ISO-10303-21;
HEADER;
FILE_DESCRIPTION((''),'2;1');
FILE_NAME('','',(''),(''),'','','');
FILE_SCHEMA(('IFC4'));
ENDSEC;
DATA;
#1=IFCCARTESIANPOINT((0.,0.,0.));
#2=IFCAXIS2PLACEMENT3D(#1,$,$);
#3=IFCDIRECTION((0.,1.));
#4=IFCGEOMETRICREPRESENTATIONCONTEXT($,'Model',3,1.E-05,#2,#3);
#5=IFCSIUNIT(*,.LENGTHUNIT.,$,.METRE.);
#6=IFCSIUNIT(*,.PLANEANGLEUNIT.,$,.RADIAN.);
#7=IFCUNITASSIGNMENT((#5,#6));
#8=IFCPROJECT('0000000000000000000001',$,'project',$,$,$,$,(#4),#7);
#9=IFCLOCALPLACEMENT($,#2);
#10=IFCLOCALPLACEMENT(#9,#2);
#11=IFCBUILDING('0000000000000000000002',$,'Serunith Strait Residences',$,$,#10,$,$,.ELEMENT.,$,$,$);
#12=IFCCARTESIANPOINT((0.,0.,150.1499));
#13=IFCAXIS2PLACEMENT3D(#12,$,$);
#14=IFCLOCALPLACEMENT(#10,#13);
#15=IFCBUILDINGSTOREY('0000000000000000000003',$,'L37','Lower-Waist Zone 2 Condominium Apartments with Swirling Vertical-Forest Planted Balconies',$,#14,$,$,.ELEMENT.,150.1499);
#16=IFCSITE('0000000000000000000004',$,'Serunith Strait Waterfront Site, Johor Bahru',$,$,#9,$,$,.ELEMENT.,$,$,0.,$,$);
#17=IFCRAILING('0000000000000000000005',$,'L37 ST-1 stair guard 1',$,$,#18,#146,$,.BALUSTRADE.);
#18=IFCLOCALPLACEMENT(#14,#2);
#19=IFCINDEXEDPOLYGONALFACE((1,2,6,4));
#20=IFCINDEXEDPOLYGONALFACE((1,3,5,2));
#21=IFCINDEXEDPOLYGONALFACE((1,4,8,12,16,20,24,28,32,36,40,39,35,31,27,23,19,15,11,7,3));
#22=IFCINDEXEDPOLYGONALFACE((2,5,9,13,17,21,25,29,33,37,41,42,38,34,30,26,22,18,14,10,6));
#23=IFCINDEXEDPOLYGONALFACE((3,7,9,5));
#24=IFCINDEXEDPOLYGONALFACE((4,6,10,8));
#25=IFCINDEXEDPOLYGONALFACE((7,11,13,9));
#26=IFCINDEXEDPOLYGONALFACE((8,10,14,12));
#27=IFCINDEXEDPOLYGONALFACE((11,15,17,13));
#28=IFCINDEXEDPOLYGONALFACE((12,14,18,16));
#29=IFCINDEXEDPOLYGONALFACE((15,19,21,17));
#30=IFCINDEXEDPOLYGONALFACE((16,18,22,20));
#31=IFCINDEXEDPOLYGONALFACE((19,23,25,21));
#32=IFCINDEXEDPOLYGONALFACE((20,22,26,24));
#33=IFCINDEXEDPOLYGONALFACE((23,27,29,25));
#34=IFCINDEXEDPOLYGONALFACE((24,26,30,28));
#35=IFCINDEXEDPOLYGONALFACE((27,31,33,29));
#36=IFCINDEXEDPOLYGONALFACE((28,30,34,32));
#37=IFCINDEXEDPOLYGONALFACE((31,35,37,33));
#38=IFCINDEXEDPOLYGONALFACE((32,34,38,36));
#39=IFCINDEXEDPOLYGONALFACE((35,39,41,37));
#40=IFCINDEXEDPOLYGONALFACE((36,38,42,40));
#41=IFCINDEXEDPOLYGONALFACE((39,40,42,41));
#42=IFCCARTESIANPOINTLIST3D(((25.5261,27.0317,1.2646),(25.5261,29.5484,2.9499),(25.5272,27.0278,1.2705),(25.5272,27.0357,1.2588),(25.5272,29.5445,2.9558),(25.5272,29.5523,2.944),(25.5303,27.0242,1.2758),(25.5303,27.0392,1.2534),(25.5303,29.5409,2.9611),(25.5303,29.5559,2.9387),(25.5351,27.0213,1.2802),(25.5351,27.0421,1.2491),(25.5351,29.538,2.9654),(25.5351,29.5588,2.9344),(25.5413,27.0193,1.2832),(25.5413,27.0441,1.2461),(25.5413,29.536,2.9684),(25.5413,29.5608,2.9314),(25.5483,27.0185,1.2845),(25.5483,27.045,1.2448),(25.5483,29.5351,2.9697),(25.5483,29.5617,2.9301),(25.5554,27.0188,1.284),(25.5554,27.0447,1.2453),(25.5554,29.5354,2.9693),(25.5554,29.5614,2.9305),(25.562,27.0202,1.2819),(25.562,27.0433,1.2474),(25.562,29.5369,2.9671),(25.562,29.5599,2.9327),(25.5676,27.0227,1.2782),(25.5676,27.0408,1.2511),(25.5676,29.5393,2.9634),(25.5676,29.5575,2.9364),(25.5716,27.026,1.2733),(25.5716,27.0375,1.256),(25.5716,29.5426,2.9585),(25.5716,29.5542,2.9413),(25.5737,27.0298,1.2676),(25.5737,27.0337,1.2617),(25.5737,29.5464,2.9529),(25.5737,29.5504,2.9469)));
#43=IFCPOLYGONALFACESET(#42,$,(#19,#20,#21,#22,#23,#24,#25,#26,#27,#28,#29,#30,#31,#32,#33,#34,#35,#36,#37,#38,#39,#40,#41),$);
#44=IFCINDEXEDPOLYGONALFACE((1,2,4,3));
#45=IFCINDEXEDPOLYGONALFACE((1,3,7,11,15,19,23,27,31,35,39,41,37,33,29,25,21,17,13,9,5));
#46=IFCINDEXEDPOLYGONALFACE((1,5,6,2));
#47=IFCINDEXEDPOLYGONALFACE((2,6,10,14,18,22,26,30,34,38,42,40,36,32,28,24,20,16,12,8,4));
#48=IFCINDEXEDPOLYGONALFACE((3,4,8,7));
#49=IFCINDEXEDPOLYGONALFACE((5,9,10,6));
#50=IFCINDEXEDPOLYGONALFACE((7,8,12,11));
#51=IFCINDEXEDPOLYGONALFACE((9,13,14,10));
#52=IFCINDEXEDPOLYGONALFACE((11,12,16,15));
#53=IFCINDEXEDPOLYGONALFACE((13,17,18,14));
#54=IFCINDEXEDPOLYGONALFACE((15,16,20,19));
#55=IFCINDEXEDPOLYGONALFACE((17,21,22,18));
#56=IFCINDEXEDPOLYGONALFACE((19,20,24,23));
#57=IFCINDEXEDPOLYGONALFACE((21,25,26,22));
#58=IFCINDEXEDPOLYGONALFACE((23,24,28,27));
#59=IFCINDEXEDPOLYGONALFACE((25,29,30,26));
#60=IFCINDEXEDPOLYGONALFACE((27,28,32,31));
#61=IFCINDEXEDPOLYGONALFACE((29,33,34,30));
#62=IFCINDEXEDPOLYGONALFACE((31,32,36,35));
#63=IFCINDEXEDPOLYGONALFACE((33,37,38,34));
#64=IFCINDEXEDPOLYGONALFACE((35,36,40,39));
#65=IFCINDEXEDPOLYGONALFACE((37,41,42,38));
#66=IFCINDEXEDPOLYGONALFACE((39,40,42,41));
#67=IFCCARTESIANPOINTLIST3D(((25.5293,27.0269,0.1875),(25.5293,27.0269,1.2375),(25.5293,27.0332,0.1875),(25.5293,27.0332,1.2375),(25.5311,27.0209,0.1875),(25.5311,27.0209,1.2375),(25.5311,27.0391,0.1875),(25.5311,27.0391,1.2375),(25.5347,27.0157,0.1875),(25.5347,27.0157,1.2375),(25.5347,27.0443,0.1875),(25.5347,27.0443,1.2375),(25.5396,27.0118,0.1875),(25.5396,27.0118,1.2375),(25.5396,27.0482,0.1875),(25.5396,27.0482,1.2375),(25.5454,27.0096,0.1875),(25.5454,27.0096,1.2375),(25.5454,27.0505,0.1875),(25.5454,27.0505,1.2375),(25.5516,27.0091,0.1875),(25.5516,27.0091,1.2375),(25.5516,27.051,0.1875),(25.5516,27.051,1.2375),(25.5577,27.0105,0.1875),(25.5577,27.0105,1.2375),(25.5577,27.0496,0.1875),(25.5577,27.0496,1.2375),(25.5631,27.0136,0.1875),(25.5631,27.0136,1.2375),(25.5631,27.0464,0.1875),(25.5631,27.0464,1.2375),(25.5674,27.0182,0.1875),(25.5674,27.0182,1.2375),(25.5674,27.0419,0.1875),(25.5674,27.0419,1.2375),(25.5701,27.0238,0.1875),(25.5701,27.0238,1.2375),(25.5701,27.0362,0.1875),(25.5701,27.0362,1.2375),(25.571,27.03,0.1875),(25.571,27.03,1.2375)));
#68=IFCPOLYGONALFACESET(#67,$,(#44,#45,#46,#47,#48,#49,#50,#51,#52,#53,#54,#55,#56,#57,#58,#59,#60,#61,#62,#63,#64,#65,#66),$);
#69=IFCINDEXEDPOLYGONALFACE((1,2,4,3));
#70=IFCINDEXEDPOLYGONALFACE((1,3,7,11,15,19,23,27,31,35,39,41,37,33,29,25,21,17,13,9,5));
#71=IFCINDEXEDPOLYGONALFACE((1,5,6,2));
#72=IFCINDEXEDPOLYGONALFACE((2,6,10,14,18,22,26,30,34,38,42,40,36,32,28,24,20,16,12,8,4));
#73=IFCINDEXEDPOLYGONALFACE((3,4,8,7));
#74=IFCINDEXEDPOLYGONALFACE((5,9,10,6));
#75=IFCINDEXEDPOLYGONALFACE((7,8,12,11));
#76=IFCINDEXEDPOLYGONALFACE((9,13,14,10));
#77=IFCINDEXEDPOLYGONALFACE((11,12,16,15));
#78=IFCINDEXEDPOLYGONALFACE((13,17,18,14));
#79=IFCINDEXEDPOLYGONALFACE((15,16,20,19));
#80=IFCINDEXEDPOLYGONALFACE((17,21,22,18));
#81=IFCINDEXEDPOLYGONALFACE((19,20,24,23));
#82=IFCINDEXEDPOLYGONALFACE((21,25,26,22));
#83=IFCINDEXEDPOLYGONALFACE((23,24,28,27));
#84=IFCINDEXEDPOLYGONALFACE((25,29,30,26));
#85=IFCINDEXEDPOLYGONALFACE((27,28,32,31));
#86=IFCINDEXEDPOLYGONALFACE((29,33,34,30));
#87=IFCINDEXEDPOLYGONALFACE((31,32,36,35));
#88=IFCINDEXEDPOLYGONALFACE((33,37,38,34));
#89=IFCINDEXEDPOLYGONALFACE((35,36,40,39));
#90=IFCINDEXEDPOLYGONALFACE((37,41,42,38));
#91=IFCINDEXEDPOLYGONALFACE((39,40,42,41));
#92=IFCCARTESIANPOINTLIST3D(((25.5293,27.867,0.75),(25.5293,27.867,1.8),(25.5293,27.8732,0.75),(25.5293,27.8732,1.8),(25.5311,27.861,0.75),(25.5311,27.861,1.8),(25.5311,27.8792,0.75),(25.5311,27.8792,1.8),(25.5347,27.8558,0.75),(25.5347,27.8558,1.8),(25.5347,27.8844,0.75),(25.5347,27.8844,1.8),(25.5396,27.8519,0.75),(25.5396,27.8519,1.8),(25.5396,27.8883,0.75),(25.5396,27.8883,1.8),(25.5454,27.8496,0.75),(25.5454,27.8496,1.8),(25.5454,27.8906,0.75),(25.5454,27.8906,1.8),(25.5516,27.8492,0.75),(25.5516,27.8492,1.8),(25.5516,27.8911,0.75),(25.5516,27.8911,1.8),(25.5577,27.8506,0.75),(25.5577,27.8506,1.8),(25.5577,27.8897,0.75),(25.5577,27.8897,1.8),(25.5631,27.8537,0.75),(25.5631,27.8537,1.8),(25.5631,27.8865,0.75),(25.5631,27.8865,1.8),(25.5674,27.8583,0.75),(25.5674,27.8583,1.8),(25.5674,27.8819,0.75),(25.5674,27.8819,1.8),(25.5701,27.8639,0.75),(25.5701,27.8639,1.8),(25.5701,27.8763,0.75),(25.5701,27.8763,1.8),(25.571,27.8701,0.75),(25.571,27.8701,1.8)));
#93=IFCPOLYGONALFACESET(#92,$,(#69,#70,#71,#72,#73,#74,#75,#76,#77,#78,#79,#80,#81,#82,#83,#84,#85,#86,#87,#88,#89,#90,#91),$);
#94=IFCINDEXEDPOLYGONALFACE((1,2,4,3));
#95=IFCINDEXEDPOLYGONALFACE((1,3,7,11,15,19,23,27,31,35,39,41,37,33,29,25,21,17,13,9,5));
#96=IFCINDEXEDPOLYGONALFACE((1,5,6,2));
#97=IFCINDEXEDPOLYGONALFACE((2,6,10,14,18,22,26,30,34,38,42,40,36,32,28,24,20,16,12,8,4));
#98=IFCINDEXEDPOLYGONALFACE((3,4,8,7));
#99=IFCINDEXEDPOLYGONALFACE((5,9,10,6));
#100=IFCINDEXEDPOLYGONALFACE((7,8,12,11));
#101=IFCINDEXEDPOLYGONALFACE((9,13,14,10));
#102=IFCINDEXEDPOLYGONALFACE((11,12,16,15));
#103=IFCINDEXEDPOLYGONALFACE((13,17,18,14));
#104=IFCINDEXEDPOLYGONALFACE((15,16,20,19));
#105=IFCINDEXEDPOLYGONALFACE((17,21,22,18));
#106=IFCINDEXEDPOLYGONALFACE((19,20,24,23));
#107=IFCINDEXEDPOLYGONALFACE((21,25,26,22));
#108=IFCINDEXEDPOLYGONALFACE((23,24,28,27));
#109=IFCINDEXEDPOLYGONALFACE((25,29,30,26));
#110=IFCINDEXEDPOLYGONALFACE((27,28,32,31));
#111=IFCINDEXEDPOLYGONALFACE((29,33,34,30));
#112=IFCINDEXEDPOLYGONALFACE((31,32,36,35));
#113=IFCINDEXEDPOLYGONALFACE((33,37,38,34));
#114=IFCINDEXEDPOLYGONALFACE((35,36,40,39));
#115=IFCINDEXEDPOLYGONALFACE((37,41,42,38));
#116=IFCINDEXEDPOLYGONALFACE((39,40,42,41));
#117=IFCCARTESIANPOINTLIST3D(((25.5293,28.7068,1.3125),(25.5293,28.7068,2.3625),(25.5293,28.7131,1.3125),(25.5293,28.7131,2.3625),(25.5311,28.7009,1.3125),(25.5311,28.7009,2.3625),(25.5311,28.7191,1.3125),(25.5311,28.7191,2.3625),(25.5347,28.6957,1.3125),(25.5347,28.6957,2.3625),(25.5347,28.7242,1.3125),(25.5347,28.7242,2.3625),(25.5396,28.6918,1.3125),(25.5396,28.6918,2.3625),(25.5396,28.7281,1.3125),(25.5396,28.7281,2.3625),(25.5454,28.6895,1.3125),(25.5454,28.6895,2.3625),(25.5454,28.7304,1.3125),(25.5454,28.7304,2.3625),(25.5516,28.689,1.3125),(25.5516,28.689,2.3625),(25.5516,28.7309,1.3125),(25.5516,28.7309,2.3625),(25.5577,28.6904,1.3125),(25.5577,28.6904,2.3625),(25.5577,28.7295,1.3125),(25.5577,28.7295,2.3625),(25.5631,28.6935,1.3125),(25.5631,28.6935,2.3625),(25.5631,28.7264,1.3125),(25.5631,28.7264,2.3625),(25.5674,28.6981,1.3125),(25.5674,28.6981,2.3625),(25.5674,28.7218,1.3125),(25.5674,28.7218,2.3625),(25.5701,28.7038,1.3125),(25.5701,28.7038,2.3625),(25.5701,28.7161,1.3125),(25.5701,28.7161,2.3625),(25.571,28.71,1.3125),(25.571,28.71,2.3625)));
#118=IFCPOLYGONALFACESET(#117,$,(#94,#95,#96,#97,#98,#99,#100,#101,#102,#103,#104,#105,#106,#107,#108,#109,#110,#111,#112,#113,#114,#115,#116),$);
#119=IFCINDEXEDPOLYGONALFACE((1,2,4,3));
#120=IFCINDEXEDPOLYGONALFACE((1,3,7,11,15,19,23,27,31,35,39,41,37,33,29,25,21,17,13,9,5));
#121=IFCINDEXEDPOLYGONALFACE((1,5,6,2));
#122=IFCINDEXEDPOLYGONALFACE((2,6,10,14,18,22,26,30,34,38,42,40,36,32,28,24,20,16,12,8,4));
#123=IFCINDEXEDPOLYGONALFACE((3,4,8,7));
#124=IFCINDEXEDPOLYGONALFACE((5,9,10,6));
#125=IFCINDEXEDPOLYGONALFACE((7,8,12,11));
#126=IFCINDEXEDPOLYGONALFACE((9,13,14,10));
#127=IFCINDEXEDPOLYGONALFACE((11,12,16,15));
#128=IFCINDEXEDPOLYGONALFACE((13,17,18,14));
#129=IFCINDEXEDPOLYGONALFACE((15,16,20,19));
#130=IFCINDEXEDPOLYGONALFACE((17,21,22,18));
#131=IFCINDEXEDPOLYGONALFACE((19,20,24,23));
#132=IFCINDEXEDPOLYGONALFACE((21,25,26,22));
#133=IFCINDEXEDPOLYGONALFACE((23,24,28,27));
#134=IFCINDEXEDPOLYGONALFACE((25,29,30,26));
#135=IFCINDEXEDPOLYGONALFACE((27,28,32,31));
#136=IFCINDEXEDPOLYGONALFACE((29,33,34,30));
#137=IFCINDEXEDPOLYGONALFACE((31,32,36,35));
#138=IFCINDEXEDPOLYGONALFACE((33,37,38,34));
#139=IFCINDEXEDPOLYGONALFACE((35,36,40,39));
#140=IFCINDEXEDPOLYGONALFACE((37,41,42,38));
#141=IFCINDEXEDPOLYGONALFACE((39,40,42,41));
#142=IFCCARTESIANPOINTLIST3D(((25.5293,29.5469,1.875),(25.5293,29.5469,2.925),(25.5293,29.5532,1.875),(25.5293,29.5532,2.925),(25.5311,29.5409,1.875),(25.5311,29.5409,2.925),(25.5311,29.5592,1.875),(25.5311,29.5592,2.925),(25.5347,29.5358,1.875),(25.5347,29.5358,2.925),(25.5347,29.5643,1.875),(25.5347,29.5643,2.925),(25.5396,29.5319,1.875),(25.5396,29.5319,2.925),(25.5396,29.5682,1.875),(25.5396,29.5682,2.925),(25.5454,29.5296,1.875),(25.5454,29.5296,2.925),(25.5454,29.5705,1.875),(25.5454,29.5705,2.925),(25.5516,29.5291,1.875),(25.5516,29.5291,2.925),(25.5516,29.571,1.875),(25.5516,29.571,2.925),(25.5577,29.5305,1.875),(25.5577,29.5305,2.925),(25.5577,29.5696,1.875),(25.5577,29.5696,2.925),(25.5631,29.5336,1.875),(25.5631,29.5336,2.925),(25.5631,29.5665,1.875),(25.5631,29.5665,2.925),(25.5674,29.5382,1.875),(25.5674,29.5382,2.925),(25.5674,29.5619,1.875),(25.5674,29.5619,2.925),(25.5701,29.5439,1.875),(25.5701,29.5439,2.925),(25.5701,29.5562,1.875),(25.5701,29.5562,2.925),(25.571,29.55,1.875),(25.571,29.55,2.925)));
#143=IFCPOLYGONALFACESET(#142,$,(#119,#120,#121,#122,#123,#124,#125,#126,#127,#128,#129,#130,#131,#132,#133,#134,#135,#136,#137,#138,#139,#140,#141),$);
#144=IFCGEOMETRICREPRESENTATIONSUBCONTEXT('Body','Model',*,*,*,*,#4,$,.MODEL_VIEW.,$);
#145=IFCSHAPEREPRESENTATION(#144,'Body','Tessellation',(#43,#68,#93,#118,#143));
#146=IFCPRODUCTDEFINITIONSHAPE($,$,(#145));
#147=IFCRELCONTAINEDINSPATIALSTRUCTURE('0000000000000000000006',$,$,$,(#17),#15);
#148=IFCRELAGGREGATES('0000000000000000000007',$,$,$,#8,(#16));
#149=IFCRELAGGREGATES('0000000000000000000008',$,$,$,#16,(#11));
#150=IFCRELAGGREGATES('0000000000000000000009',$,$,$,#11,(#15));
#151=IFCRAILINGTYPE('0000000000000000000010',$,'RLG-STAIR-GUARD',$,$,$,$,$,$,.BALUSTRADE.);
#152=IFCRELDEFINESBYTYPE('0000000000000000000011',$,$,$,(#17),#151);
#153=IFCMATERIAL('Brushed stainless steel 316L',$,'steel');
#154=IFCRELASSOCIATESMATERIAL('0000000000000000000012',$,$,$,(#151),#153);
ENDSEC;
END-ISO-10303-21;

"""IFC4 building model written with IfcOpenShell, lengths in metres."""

from ifc_helpers import new_model, si_unit, direction, frame, origin, origin_2d, place, context, subcontext, project, spatial, circle, extrude, material, type_object, element, save


model = new_model("IFC4")

# Units and contexts
model_context = context("Model", 3, precision=1e-05, world=origin(), true_north=direction((0.0, 1.0)))
body_context = subcontext(model_context, "Body", "Model", "MODEL_VIEW")
ifc_project = project(units=[si_unit("LENGTHUNIT", "METRE"), si_unit("PLANEANGLEUNIT", "RADIAN")], contexts=[model_context])

# Site, building, storey
site_placement = place(None, origin())
site = spatial("IfcSite", under=ifc_project, at=site_placement, Name="Serunith Strait Waterfront Site, Johor Bahru", CompositionType="ELEMENT", RefElevation=0.0)
building_placement = place(site_placement, origin())
building = spatial("IfcBuilding", under=site, at=building_placement, Name="Serunith Strait Residences", CompositionType="ELEMENT")
storey_placement = place(building_placement, frame((0.0, 0.0, 150.1499)))
storey = spatial("IfcBuildingStorey", under=building, at=storey_placement, Name="L37", Description="Lower-Waist Zone 2 Condominium Apartments with Swirling Vertical-Forest Planted Balconies", CompositionType="ELEMENT", Elevation=150.1499)

# Railing
ifc_material_1 = material(Name="Brushed stainless steel 316L", Category="steel")
railing_type_1 = type_object("IfcRailingType", Name="RLG-STAIR-GUARD", PredefinedType="BALUSTRADE", material=ifc_material_1)
railing_1_placement = place(storey_placement, frame((25.55, 27.03, 0.1875)))
element("IfcRailing", 1, at=railing_1_placement, inside=storey, type_object=railing_type_1, Name="L37 ST-1 stair guard 1", PredefinedType="BALUSTRADE", context=body_context, shape_type="SweptSolid", body=[
    extrude(circle(Radius=0.0239, at=origin_2d()), frame((0.0, 0.0017, 1.0771), z_axis=(0.0, 0.830909, 0.556408), x_axis=(-1.0, 0.0, 0.0)), (0.0, 0.0, 1.0), 3.0288),
    extrude(circle(Radius=0.021, at=origin_2d()), origin(), (0.0, 0.0, 1.0), 1.05),
    extrude(circle(Radius=0.021, at=origin_2d()), frame((0.0, 0.8401, 0.5625)), (0.0, 0.0, 1.0), 1.05),
    extrude(circle(Radius=0.021, at=origin_2d()), frame((0.0, 1.6799, 1.125)), (0.0, 0.0, 1.0), 1.05),
    extrude(circle(Radius=0.021, at=origin_2d()), frame((0.0, 2.52, 1.6875)), (0.0, 0.0, 1.0), 1.05),
])

save(model, "model.ifc")
